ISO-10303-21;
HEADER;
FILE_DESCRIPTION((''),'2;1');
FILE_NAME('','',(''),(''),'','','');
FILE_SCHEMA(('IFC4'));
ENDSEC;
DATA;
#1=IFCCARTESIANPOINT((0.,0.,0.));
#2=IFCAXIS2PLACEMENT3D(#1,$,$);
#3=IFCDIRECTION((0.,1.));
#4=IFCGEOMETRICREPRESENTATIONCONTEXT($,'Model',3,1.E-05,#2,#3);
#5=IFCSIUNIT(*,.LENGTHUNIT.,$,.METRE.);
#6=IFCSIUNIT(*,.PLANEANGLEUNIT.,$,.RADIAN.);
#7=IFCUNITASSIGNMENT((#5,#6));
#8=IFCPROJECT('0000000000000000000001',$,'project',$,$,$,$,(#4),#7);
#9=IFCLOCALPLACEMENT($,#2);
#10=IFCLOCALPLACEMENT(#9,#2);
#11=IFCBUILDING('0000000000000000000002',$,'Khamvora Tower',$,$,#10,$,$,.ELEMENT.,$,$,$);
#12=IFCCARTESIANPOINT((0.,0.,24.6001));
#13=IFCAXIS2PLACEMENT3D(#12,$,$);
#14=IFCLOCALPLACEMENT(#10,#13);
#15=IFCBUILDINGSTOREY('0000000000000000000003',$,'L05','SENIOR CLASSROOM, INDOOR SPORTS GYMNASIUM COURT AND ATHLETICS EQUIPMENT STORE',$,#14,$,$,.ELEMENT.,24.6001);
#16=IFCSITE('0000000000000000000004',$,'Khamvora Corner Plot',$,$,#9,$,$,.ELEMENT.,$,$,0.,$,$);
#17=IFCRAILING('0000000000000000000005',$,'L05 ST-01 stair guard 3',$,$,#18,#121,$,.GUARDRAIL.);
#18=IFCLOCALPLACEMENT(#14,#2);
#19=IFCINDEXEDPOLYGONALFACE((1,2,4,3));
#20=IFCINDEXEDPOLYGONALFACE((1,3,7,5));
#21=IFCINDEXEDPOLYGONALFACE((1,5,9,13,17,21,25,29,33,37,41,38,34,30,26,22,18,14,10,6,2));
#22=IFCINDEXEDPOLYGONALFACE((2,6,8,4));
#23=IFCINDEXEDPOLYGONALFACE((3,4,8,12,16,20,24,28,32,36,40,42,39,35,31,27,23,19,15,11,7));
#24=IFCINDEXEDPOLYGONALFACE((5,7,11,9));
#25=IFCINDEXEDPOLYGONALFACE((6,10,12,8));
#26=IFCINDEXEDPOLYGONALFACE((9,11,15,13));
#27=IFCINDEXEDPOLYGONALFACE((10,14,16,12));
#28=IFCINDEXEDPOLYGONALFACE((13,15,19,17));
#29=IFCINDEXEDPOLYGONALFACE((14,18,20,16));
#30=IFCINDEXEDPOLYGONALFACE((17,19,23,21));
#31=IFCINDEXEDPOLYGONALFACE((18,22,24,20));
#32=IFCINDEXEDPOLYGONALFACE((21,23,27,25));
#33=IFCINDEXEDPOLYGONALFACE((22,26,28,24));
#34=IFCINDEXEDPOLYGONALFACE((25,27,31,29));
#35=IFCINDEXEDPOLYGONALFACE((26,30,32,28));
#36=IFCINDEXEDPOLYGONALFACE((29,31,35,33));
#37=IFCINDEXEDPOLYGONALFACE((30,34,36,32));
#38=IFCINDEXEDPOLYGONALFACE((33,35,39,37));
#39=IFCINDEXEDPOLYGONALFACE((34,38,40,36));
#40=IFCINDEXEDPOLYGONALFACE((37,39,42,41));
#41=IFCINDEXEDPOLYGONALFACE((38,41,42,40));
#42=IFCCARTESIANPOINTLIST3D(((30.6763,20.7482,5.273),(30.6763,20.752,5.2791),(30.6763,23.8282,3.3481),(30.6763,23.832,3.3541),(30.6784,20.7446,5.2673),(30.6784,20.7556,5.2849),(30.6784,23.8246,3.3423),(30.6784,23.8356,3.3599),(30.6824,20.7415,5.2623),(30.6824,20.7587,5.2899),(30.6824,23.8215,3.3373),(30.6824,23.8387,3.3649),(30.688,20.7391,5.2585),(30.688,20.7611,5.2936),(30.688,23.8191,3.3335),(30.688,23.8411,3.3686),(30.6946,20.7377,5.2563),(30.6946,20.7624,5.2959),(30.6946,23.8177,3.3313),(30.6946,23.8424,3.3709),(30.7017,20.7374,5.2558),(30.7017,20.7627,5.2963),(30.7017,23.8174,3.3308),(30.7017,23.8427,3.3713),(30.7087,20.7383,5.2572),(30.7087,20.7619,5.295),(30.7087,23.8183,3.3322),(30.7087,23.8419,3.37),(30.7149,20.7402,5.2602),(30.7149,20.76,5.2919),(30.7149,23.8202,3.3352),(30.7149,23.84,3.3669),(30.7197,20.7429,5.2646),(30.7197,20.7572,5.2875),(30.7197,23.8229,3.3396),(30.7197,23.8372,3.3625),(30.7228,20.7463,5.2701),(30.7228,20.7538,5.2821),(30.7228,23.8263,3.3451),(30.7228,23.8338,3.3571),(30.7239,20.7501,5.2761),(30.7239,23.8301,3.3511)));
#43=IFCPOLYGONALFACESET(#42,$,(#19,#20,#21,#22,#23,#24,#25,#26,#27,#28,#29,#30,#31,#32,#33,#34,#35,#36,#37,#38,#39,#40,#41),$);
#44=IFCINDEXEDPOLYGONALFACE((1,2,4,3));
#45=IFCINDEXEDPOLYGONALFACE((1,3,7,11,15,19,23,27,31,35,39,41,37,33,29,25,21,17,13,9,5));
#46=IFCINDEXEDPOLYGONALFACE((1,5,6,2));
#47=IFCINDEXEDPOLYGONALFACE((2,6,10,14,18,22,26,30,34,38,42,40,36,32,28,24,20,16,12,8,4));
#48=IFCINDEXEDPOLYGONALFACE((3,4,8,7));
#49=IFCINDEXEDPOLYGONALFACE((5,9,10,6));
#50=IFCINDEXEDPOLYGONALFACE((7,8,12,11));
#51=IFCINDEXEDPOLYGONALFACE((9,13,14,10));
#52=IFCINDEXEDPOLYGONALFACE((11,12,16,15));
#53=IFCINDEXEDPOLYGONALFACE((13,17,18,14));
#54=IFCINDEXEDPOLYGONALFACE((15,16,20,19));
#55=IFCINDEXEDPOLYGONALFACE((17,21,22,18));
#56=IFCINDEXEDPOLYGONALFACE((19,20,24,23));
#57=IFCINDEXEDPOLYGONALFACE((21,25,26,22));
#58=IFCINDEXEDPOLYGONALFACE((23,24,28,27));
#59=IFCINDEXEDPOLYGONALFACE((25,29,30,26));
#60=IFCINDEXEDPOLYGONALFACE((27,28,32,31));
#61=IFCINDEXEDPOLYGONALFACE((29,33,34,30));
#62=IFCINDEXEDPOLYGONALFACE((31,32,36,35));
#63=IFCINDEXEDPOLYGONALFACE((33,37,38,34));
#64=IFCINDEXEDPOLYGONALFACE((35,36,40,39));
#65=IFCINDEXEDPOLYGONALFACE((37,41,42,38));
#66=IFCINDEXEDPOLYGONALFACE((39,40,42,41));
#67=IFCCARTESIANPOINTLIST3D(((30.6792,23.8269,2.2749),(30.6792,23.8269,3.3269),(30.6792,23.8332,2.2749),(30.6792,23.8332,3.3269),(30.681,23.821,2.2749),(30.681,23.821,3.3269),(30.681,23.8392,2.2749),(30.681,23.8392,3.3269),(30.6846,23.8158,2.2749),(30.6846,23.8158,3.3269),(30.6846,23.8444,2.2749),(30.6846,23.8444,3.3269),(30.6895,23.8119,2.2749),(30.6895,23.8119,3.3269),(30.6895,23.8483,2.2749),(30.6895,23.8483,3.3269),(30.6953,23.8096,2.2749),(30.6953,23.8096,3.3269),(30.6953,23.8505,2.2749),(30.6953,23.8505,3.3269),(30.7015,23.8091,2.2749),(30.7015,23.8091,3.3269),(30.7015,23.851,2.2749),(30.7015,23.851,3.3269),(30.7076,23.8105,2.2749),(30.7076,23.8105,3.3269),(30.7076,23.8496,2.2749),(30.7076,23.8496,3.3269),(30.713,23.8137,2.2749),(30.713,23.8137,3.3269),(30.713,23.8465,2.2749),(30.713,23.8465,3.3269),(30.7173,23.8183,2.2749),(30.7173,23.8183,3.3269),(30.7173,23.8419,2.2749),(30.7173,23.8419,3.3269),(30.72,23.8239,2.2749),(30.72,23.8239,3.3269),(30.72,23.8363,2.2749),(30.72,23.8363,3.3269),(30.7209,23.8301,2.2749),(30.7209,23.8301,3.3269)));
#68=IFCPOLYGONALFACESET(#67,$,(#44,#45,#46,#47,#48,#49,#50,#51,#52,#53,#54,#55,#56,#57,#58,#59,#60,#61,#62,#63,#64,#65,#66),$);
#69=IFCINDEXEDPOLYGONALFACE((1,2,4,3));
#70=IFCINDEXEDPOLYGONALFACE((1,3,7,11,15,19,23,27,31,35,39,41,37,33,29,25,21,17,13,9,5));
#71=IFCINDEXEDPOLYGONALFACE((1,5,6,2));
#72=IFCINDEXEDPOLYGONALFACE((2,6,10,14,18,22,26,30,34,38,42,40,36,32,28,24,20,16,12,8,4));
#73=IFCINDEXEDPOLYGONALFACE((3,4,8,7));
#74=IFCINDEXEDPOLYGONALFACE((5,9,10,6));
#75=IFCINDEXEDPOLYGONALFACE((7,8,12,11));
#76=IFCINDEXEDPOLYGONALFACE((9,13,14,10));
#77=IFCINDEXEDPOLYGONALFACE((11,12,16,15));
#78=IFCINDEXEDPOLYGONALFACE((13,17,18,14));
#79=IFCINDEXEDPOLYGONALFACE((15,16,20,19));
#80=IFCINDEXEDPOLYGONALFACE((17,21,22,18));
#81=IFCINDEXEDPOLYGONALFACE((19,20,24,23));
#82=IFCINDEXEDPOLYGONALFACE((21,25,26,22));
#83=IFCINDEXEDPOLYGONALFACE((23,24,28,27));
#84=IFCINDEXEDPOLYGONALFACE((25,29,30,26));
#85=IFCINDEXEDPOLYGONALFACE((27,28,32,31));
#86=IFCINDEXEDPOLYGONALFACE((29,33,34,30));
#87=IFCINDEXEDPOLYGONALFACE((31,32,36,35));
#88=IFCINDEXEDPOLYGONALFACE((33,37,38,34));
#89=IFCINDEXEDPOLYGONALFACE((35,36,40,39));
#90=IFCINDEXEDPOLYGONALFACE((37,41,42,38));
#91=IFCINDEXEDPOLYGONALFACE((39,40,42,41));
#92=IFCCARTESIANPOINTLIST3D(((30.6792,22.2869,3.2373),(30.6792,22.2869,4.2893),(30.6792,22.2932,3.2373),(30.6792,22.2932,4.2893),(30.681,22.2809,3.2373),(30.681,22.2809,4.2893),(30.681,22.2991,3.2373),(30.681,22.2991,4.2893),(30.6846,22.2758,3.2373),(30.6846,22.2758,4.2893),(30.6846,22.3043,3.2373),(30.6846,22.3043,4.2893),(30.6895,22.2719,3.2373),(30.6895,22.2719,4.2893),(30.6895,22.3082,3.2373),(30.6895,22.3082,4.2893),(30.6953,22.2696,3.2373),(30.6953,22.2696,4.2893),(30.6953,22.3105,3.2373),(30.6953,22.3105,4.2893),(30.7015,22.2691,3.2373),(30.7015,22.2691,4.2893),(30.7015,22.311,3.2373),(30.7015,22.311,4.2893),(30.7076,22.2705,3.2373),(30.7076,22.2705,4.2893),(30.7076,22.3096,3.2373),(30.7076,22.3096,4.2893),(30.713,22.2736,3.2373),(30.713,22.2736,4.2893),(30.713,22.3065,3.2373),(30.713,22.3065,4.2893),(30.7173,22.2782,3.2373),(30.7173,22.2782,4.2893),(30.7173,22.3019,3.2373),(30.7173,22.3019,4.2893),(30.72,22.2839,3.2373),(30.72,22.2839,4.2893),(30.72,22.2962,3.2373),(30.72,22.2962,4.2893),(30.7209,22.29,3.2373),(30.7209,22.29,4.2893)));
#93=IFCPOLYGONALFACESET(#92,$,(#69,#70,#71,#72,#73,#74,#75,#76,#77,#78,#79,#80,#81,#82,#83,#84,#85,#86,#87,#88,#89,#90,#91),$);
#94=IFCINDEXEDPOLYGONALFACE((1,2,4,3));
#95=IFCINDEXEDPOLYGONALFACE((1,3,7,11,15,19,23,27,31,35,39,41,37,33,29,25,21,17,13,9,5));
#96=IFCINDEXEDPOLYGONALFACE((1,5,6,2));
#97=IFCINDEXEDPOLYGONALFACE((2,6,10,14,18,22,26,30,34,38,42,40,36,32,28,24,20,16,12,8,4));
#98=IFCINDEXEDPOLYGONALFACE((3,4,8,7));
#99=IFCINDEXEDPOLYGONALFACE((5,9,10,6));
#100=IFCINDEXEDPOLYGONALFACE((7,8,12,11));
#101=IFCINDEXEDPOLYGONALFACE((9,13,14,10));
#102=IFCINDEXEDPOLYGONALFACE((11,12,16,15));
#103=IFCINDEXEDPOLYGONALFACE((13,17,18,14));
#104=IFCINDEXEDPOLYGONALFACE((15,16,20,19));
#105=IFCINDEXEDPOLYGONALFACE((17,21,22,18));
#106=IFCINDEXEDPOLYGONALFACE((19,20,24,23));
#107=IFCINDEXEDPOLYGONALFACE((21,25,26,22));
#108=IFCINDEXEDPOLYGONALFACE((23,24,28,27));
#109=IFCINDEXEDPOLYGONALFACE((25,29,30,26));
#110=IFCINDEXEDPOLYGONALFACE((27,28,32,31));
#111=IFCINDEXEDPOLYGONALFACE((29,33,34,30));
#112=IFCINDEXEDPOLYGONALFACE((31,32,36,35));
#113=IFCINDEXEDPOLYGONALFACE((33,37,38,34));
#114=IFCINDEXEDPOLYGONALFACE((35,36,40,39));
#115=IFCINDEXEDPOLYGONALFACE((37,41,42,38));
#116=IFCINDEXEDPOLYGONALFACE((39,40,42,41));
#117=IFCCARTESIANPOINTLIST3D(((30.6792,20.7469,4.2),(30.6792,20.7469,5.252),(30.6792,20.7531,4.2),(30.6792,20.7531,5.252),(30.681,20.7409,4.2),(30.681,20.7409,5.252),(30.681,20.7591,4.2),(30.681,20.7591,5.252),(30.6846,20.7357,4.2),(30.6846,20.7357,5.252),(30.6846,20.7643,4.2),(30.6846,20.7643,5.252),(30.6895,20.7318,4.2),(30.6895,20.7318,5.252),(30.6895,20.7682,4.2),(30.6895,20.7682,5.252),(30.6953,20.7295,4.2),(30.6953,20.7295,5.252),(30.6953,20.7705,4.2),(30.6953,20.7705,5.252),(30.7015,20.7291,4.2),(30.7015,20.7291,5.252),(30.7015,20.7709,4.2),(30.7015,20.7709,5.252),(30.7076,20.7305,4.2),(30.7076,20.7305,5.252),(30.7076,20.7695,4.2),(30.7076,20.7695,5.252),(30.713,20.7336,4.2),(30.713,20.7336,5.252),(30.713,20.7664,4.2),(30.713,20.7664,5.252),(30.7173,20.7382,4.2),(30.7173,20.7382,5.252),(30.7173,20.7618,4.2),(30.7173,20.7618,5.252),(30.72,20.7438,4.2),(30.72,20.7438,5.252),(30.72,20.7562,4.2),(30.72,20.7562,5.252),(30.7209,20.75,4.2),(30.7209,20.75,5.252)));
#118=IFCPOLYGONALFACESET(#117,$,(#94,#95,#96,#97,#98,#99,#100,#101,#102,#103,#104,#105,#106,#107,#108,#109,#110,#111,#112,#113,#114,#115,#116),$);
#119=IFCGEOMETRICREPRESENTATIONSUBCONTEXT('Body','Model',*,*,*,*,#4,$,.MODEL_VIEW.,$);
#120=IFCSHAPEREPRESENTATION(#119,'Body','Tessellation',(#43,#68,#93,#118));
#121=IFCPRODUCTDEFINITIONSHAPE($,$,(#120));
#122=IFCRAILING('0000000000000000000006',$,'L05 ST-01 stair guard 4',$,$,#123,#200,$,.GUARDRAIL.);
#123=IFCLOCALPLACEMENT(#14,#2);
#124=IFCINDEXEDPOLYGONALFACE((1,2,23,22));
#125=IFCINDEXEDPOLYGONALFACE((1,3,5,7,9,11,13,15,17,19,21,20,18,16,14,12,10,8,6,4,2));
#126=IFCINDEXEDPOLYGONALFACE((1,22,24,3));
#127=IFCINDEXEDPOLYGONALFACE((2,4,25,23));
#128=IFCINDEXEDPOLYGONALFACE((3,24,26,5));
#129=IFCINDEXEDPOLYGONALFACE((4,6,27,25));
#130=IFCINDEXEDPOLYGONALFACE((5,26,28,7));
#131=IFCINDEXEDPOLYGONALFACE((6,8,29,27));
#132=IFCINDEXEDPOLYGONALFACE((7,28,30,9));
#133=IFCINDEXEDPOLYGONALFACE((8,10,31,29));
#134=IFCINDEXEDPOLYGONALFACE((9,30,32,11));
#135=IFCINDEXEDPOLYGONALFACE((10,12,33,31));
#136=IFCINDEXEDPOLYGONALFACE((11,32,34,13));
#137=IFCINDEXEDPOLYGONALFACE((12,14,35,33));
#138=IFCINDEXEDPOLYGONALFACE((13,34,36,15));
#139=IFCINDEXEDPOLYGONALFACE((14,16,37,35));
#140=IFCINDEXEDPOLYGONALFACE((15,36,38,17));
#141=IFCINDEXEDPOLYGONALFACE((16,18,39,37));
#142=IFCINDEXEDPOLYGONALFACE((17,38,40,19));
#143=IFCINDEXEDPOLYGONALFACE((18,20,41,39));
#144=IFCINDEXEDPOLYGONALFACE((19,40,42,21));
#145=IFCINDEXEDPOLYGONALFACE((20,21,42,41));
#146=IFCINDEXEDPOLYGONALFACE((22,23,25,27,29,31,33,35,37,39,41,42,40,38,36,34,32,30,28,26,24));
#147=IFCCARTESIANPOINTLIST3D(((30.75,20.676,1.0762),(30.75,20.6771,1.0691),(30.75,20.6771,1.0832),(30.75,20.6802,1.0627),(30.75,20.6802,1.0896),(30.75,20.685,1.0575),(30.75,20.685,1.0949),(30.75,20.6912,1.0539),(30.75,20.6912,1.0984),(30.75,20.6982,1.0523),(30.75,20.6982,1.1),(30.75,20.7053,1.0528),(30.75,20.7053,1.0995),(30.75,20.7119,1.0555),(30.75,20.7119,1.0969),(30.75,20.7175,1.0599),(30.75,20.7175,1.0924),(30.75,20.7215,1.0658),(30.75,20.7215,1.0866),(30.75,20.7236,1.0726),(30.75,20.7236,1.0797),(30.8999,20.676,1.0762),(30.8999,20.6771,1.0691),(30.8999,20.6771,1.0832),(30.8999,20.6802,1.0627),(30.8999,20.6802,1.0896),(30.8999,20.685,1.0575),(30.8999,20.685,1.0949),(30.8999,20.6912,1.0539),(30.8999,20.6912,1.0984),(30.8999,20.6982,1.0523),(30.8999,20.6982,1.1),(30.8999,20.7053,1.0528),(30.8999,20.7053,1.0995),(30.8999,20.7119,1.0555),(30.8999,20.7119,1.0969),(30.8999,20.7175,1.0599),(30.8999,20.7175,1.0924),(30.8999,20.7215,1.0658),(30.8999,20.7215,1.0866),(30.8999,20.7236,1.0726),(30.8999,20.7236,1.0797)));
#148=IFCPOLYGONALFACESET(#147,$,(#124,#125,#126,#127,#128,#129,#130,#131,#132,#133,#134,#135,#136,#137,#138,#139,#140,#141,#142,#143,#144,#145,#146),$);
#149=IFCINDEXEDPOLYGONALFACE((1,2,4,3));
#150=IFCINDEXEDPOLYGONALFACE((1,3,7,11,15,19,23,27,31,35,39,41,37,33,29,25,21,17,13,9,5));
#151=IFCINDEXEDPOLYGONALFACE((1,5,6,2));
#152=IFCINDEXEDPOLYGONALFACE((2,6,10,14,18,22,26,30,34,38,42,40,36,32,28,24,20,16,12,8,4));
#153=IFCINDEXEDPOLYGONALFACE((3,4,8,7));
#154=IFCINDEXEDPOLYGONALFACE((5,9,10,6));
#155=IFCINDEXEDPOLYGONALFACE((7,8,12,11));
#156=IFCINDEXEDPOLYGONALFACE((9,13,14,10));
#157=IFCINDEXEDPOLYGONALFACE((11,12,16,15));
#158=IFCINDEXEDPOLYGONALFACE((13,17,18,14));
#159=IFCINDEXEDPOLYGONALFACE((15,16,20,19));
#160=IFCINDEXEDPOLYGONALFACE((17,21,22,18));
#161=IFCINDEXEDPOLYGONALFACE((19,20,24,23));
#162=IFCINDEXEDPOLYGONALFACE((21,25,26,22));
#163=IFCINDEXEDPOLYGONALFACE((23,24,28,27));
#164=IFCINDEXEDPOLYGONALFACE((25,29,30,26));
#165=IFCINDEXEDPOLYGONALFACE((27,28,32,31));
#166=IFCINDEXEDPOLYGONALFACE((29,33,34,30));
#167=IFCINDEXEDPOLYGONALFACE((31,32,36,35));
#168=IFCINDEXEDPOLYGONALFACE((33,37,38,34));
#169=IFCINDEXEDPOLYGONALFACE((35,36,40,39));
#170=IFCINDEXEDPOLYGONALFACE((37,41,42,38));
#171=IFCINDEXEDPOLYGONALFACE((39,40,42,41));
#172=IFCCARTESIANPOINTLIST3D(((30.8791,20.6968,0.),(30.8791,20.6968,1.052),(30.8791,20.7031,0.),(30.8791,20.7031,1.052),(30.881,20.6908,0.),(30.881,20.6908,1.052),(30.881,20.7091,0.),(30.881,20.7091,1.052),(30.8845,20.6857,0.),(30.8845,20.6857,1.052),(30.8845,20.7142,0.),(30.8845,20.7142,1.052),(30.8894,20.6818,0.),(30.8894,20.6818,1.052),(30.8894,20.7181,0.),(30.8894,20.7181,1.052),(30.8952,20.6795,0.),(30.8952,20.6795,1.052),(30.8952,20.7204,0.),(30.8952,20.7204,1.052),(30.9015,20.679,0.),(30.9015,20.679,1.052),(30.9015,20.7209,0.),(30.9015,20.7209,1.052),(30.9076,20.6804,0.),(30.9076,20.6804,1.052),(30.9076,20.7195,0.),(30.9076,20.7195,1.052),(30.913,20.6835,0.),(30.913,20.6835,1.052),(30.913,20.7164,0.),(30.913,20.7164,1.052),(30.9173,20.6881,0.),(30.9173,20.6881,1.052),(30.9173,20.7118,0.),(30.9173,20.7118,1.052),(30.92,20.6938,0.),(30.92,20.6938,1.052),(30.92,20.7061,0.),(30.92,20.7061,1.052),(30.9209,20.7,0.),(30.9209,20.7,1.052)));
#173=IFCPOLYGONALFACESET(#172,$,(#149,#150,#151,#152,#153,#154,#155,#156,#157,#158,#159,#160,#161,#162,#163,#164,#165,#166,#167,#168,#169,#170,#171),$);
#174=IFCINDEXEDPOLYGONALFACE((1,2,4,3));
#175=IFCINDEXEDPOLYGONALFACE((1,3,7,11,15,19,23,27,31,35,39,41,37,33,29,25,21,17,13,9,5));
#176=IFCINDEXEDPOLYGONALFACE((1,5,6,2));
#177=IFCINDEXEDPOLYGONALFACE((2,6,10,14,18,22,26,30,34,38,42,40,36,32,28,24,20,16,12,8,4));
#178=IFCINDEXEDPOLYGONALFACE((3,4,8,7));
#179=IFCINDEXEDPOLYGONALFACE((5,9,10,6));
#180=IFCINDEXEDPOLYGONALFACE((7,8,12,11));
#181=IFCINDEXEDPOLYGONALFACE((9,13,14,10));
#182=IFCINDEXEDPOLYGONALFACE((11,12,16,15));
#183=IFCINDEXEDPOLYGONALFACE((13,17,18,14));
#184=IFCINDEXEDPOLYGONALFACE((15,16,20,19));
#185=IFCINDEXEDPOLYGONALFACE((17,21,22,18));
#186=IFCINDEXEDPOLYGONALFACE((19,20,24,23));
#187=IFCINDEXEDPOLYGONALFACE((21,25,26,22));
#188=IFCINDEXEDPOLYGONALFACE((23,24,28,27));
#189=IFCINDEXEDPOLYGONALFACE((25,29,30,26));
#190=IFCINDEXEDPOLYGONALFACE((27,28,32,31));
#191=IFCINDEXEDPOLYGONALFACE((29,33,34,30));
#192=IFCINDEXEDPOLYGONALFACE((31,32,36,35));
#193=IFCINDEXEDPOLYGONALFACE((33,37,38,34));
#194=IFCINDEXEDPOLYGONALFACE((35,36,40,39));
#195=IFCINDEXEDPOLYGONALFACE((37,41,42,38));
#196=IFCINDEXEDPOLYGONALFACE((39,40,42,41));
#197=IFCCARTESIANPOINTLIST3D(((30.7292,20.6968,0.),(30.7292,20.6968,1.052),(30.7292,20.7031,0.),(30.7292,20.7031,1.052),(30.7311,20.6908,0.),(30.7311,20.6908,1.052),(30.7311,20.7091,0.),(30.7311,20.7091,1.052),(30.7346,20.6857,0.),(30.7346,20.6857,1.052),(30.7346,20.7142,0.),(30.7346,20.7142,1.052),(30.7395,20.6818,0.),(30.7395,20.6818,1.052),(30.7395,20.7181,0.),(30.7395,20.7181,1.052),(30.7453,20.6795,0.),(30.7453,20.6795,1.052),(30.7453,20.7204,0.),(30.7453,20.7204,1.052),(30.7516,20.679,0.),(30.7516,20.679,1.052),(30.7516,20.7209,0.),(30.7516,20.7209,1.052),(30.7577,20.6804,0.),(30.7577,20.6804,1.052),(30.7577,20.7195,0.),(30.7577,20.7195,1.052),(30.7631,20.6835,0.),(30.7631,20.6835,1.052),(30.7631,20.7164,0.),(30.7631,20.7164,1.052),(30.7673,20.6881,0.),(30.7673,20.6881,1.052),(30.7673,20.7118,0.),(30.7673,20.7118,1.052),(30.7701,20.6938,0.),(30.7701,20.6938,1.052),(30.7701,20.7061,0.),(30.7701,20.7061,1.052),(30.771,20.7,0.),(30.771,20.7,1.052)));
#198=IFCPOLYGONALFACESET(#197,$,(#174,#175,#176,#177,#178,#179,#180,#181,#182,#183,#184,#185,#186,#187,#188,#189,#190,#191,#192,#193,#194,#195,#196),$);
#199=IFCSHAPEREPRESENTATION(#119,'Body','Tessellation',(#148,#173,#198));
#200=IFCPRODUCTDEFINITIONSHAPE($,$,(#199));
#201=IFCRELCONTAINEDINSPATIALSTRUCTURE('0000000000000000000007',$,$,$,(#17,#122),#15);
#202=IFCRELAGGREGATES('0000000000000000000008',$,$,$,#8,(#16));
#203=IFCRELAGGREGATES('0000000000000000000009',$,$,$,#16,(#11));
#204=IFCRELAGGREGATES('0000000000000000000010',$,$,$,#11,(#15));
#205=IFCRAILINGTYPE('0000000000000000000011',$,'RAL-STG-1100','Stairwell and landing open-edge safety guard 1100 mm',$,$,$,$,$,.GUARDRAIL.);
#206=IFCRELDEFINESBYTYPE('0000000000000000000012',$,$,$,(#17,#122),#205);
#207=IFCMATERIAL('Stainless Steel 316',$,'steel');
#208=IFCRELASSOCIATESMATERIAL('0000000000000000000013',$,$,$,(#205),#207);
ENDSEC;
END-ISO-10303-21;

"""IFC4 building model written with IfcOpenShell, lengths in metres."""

from ifc_helpers import new_model, si_unit, direction, frame, origin, origin_2d, place, context, subcontext, project, spatial, circle, extrude, material, type_object, element, save


model = new_model("IFC4")

# Units and contexts
model_context = context("Model", 3, precision=1e-05, world=origin(), true_north=direction((0.0, 1.0)))
body_context = subcontext(model_context, "Body", "Model", "MODEL_VIEW")
ifc_project = project(units=[si_unit("LENGTHUNIT", "METRE"), si_unit("PLANEANGLEUNIT", "RADIAN")], contexts=[model_context])

# Site, building, storey
site_placement = place(None, origin())
site = spatial("IfcSite", under=ifc_project, at=site_placement, Name="Khamvora Corner Plot", CompositionType="ELEMENT", RefElevation=0.0)
building_placement = place(site_placement, origin())
building = spatial("IfcBuilding", under=site, at=building_placement, Name="Khamvora Tower", CompositionType="ELEMENT")
storey_placement = place(building_placement, frame((0.0, 0.0, 24.6001)))
storey = spatial("IfcBuildingStorey", under=building, at=storey_placement, Name="L05", Description="SENIOR CLASSROOM, INDOOR SPORTS GYMNASIUM COURT AND ATHLETICS EQUIPMENT STORE", CompositionType="ELEMENT", Elevation=24.6001)

# Railings
ifc_material_1 = material(Name="Stainless Steel 316", Category="steel")
railing_type_1 = type_object("IfcRailingType", Name="RAL-STG-1100", Description="Stairwell and landing open-edge safety guard 1100 mm", PredefinedType="GUARDRAIL", material=ifc_material_1)
railing_1_placement = place(storey_placement, frame((30.7, 23.8301, 2.2749)))
element("IfcRailing", 1, at=railing_1_placement, inside=storey, type_object=railing_type_1, Name="L05 ST-01 stair guard 3", PredefinedType="GUARDRAIL", context=body_context, shape_type="SweptSolid", body=[
    extrude(circle(Radius=0.0239, at=origin_2d()), frame((0.0, 0.0, 1.0762), z_axis=(0.0, -0.847998, 0.529999), x_axis=(1.0, 0.0, 0.0)), (0.0, 0.0, 1.0), 3.6321),
    extrude(circle(Radius=0.021, at=origin_2d()), origin(), (0.0, 0.0, 1.0), 1.052),
    extrude(circle(Radius=0.021, at=origin_2d()), frame((0.0, -1.54, 0.9624)), (0.0, 0.0, 1.0), 1.052),
    extrude(circle(Radius=0.021, at=origin_2d()), frame((0.0, -3.0801, 1.925)), (0.0, 0.0, 1.0), 1.052),
])
railing_2_placement = place(storey_placement, frame((30.8999, 20.7, 0.0)))
element("IfcRailing", 2, at=railing_2_placement, inside=storey, type_object=railing_type_1, Name="L05 ST-01 stair guard 4", PredefinedType="GUARDRAIL", context=body_context, shape_type="SweptSolid", body=[
    extrude(circle(Radius=0.0239, at=origin_2d()), frame((0.0, 0.0, 1.0762), z_axis=(-1.0, 0.0, 0.0), x_axis=(0.0, -1.0, 0.0)), (0.0, 0.0, 1.0), 0.1499),
    extrude(circle(Radius=0.021, at=origin_2d()), origin(), (0.0, 0.0, 1.0), 1.052),
    extrude(circle(Radius=0.021, at=origin_2d()), frame((-0.1499, 0.0, 0.0)), (0.0, 0.0, 1.0), 1.052),
])

save(model, "model.ifc")
